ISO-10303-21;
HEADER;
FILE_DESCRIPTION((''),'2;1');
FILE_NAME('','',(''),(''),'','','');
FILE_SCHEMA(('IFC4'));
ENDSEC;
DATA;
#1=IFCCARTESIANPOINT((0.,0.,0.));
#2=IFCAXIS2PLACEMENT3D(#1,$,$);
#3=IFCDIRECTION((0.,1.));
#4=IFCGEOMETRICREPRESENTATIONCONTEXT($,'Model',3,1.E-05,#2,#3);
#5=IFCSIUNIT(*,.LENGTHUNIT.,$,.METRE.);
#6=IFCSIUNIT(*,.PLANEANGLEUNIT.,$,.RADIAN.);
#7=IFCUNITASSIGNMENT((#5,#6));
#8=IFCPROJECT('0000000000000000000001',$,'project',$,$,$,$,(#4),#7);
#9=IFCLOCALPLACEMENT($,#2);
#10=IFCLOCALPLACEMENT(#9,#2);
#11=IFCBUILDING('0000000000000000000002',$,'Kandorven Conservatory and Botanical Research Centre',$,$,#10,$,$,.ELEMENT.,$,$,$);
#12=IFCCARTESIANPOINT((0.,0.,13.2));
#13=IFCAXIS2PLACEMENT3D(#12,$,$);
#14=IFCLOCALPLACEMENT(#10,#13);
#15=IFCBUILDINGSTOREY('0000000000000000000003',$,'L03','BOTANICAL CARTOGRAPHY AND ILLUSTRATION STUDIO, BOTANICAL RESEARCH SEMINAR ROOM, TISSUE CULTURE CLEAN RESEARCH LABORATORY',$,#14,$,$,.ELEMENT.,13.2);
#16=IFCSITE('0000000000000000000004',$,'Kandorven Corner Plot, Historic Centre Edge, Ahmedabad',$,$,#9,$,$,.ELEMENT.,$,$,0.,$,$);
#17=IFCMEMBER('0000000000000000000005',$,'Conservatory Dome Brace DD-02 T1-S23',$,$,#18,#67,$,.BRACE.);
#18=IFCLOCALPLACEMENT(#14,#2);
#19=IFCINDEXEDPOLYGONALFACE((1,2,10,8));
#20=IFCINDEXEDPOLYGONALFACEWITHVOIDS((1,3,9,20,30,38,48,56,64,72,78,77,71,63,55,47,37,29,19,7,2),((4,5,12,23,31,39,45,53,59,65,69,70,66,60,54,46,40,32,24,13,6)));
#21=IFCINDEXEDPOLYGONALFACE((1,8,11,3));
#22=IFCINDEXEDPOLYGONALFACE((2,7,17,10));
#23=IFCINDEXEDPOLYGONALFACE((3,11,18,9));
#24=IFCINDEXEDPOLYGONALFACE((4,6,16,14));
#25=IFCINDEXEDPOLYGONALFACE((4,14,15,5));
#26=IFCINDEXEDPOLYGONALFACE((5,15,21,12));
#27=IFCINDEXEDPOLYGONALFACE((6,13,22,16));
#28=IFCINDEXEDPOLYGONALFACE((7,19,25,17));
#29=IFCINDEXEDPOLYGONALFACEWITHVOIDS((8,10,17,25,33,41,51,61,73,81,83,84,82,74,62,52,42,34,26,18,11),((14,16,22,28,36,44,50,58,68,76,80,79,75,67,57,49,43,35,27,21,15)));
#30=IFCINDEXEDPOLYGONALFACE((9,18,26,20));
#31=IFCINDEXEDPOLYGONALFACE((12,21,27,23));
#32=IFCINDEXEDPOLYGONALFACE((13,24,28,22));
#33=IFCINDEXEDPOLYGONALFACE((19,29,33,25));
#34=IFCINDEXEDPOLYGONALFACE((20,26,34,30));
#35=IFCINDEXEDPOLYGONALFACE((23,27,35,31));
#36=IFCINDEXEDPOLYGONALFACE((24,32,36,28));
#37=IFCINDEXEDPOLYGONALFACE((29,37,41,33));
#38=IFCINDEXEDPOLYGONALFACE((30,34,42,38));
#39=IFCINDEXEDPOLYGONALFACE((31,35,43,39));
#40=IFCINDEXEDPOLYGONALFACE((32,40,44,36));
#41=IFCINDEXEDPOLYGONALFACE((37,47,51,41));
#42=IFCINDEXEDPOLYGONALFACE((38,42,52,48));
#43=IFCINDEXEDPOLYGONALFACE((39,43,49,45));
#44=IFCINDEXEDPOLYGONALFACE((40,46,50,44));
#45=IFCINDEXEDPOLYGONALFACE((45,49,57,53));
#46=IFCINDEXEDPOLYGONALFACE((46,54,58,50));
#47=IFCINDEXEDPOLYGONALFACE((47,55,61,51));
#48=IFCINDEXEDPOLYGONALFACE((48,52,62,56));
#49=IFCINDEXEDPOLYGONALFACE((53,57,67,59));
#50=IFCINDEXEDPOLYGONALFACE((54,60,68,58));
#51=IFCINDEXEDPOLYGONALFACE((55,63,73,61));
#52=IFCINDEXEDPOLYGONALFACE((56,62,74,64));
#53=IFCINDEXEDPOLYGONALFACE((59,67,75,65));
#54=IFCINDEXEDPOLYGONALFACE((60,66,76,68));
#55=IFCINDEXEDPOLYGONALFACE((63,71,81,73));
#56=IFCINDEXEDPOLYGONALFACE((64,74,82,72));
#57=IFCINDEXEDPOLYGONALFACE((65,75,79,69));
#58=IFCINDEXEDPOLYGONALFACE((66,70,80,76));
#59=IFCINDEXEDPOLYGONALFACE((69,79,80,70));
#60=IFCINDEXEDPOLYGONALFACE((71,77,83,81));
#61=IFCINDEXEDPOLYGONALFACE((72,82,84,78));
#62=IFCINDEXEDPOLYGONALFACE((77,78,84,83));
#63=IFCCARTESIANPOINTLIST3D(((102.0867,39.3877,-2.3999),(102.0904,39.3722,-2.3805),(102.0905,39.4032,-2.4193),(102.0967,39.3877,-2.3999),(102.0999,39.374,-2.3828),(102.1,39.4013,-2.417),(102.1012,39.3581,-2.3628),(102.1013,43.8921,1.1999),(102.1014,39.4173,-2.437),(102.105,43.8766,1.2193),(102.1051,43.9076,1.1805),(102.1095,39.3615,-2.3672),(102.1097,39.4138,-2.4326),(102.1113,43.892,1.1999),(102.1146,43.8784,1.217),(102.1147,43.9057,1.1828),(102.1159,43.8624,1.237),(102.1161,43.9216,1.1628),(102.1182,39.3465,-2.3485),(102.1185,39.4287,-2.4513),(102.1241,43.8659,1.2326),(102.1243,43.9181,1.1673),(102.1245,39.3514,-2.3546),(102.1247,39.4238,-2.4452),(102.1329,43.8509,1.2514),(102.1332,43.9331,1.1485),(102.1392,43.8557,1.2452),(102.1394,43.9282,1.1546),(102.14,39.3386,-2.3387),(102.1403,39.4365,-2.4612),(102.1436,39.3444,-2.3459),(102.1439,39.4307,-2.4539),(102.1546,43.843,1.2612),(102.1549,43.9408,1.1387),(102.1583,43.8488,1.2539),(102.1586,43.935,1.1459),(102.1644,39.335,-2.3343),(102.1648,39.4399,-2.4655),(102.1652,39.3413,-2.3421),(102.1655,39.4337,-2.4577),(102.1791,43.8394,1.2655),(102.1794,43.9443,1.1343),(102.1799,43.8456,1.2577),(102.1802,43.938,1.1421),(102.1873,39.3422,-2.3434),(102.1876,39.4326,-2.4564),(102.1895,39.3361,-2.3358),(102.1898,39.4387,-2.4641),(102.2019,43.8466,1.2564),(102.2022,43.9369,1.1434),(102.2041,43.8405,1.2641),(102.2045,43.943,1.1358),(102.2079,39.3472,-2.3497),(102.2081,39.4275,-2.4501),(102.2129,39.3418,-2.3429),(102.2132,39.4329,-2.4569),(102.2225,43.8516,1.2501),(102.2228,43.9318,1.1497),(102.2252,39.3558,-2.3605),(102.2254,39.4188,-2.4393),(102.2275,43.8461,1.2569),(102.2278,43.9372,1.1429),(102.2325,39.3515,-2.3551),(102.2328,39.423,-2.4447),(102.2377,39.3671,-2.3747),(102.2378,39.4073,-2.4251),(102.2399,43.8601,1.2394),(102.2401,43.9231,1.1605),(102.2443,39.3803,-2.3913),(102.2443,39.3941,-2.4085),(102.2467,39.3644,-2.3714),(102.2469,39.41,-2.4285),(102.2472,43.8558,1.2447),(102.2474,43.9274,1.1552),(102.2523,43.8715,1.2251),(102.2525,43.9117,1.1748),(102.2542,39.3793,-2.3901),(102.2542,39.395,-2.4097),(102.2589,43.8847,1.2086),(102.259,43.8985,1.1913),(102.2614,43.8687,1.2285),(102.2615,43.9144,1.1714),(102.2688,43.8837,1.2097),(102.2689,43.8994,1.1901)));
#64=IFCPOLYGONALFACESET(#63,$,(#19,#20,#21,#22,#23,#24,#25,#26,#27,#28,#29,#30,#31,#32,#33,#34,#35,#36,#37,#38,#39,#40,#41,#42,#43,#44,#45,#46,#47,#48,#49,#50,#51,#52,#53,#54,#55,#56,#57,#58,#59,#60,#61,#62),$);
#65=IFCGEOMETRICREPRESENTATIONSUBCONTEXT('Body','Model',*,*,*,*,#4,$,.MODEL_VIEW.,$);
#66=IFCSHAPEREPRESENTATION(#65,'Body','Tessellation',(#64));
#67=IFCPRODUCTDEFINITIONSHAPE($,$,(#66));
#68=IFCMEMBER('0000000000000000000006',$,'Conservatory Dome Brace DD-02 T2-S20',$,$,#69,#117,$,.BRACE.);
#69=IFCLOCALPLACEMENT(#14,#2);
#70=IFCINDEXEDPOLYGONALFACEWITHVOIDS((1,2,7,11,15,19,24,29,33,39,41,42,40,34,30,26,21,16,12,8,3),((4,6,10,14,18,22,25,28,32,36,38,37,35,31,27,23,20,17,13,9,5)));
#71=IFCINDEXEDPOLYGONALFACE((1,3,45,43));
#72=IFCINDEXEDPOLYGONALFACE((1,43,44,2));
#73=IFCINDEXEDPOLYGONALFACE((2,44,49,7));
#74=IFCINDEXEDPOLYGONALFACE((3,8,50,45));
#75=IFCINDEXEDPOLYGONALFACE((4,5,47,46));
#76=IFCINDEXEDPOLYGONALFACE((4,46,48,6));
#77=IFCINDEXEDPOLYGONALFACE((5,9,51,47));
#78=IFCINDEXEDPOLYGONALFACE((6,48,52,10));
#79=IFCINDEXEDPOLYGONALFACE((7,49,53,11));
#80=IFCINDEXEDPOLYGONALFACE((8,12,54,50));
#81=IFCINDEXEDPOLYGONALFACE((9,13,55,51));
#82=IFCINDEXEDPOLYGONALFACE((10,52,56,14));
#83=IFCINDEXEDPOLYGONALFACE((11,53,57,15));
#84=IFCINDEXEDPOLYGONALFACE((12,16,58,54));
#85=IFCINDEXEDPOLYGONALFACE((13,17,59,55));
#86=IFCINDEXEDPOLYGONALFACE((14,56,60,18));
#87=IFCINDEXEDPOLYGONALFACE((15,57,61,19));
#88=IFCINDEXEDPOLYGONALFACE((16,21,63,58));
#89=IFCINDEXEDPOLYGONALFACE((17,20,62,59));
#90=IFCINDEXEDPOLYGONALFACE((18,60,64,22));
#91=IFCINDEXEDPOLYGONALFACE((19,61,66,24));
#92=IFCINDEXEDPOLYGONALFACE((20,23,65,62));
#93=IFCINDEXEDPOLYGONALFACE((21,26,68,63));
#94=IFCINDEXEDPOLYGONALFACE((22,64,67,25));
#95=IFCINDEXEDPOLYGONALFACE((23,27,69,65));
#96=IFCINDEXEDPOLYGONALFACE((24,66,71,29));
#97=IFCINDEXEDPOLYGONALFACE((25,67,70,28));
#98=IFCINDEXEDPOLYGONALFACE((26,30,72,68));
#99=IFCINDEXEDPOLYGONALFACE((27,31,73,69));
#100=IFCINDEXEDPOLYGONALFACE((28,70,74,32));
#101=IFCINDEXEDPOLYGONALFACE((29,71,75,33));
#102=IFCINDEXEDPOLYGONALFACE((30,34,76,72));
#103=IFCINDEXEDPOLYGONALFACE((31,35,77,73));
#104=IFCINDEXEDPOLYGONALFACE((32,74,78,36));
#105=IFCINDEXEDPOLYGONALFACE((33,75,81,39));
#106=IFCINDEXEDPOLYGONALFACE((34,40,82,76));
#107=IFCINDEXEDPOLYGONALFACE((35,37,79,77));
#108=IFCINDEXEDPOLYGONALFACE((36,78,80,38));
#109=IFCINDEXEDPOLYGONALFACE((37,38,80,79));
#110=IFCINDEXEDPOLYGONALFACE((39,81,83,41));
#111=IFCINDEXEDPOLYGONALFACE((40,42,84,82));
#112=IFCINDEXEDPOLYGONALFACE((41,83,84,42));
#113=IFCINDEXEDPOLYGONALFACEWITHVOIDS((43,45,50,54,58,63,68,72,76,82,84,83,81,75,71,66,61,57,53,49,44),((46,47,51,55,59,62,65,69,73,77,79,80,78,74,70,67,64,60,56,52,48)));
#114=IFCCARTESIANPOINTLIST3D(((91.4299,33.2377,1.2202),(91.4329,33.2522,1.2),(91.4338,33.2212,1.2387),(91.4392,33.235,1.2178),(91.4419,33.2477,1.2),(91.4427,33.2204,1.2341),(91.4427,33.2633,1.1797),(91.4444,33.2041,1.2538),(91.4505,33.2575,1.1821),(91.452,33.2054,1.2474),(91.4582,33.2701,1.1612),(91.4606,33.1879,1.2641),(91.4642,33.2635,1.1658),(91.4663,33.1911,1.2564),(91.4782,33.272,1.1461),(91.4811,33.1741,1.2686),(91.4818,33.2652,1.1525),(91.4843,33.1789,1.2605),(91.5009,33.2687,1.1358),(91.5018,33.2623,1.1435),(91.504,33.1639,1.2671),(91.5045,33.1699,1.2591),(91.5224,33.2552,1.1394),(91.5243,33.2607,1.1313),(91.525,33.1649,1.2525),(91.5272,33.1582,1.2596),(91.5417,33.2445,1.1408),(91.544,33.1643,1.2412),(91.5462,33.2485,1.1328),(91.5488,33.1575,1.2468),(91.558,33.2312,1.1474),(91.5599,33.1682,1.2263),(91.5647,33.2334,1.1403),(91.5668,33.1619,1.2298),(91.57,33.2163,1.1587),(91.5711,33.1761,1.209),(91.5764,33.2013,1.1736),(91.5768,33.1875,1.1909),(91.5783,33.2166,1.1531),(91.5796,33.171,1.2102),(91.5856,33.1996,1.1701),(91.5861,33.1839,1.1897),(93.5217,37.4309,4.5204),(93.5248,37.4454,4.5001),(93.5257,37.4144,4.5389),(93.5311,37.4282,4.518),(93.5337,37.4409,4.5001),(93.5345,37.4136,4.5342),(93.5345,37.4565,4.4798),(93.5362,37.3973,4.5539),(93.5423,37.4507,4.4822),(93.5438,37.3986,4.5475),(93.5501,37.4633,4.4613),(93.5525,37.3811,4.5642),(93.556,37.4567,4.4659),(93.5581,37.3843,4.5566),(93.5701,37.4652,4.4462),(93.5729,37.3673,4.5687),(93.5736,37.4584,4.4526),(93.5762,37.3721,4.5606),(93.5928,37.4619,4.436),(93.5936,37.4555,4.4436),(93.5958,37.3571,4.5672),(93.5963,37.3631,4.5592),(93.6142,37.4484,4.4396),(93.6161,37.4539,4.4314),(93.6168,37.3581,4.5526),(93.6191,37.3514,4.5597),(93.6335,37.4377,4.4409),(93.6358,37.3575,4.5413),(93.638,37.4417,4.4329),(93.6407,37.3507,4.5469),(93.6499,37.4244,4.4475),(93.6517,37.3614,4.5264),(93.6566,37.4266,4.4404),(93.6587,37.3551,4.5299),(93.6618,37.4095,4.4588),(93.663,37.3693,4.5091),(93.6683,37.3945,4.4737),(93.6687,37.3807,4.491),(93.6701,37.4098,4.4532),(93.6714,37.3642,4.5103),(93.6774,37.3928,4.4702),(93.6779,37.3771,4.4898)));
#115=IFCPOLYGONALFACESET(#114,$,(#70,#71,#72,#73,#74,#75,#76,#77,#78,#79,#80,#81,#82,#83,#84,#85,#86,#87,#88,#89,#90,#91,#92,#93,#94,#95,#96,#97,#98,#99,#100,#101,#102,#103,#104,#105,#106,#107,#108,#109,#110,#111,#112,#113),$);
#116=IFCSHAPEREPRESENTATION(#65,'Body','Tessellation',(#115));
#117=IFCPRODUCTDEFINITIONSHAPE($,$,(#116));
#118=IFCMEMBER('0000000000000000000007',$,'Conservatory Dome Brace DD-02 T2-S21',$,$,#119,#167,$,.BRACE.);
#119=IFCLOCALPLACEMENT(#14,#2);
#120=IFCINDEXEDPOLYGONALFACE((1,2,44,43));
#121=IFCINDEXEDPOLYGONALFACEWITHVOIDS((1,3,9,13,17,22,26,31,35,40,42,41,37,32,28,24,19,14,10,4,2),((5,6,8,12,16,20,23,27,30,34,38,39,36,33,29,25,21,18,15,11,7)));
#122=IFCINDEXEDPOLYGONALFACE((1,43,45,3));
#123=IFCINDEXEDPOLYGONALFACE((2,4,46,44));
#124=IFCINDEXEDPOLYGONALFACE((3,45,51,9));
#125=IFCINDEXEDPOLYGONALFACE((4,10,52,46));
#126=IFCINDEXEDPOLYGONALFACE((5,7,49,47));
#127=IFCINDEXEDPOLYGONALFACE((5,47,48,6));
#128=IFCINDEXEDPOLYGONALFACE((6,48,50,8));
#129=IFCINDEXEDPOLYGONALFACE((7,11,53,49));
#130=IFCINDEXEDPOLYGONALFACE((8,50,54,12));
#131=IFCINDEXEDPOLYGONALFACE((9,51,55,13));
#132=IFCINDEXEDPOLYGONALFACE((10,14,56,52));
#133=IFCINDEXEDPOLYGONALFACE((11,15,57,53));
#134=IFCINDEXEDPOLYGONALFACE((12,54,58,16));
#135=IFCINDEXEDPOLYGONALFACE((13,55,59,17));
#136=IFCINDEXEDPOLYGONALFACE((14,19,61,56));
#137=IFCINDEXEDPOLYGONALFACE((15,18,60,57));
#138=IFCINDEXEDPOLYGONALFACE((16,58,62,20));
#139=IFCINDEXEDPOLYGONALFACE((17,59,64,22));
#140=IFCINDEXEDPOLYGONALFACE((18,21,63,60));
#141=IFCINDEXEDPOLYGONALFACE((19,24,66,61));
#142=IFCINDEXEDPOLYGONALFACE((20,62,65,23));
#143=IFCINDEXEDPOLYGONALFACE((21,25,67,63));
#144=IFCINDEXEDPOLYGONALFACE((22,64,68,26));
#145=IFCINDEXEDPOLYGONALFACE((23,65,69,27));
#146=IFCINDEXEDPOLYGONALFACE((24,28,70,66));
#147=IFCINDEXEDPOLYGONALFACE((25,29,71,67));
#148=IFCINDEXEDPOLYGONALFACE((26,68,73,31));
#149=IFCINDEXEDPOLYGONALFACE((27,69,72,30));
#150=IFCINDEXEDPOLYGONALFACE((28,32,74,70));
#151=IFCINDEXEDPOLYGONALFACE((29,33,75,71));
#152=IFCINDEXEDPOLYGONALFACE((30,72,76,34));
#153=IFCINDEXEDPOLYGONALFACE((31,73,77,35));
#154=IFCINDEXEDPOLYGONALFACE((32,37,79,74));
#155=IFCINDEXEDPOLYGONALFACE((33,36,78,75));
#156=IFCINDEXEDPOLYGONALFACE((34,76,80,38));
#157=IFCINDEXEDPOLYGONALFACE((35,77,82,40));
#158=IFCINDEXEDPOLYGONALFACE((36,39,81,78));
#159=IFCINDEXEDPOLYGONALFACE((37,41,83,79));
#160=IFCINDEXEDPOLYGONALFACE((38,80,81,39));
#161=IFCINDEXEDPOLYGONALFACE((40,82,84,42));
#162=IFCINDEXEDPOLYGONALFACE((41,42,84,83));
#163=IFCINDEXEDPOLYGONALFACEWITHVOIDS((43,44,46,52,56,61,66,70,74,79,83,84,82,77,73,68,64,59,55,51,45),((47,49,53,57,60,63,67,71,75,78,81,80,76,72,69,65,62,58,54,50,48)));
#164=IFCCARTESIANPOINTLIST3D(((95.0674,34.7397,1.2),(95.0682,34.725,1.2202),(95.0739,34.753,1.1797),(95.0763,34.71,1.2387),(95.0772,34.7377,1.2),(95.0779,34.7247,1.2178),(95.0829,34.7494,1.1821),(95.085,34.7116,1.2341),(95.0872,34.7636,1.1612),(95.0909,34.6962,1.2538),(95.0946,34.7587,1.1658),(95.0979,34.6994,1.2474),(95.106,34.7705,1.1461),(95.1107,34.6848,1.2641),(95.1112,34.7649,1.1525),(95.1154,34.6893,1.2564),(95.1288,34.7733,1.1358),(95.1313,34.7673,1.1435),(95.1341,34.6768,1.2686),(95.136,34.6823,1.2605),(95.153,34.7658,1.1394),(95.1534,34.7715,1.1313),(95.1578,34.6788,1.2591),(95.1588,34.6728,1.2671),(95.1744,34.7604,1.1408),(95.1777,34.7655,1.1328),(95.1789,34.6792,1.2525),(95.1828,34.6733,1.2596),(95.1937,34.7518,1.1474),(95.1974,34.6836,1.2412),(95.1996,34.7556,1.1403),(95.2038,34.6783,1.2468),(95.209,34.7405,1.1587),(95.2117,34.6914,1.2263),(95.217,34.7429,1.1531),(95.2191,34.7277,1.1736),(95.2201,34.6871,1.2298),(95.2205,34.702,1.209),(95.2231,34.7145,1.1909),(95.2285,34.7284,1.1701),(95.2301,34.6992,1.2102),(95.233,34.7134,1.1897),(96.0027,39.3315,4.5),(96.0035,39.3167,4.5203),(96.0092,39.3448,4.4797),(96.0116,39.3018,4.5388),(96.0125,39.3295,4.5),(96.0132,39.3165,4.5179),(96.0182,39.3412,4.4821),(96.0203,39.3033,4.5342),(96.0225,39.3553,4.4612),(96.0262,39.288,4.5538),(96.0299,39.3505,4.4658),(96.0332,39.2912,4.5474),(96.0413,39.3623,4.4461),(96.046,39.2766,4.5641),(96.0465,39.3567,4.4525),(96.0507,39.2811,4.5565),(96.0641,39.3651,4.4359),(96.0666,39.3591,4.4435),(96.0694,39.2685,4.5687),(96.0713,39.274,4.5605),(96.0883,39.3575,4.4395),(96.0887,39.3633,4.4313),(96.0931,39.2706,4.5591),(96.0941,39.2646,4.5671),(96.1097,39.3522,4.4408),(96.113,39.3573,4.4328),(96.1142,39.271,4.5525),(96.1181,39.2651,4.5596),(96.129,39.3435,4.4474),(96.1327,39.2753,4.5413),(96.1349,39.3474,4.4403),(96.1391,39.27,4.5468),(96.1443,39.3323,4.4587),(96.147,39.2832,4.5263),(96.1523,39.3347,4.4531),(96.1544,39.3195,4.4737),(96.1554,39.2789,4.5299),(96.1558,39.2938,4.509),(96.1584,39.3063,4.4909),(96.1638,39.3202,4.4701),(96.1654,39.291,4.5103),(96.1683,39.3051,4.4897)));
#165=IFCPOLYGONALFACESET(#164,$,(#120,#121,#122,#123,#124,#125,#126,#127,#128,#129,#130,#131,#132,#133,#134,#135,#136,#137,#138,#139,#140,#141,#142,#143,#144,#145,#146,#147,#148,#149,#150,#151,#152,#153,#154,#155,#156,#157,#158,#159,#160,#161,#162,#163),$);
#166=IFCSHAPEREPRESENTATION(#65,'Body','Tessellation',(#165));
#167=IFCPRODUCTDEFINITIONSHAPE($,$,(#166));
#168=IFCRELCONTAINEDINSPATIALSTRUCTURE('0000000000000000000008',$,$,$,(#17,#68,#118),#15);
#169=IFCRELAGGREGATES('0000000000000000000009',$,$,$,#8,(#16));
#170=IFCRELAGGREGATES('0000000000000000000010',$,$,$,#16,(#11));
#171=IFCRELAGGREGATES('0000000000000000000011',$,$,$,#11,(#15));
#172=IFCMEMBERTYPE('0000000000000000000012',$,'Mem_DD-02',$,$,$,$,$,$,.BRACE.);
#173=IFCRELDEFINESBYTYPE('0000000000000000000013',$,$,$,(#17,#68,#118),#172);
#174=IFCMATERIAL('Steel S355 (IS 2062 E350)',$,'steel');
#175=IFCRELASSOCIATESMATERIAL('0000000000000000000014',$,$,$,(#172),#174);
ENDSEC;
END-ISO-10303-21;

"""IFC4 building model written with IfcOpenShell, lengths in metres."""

from ifc_helpers import new_model, si_unit, direction, frame, origin, origin_2d, place, context, subcontext, project, spatial, hollow_circle, extrude, material, material_profile, profile_set, type_object, element, save


model = new_model("IFC4")

# Units and contexts
model_context = context("Model", 3, precision=1e-05, world=origin(), true_north=direction((0.0, 1.0)))
body_context = subcontext(model_context, "Body", "Model", "MODEL_VIEW")
ifc_project = project(units=[si_unit("LENGTHUNIT", "METRE"), si_unit("PLANEANGLEUNIT", "RADIAN")], contexts=[model_context])

# Site, building, storey
site_placement = place(None, origin())
site = spatial("IfcSite", under=ifc_project, at=site_placement, Name="Kandorven Corner Plot, Historic Centre Edge, Ahmedabad", CompositionType="ELEMENT", RefElevation=0.0)
building_placement = place(site_placement, origin())
building = spatial("IfcBuilding", under=site, at=building_placement, Name="Kandorven Conservatory and Botanical Research Centre", CompositionType="ELEMENT")
storey_placement = place(building_placement, frame((0.0, 0.0, 13.2)))
storey = spatial("IfcBuildingStorey", under=building, at=storey_placement, Name="L03", Description="BOTANICAL CARTOGRAPHY AND ILLUSTRATION STUDIO, BOTANICAL RESEARCH SEMINAR ROOM, TISSUE CULTURE CLEAN RESEARCH LABORATORY", CompositionType="ELEMENT", Elevation=13.2)

# Members
ifc_material_1 = material(Name="Steel S355 (IS 2062 E350)", Category="steel")
ifc_material_profile_1 = material_profile(ifc_material_1, hollow_circle(Radius=0.0842, WallThickness=0.01, at=origin_2d()))
ifc_profile_set_1 = profile_set([ifc_material_profile_1], Name="Steel S355 (IS 2062 E350)")
member_type_1 = type_object("IfcMemberType", Name="Mem_DD-02", PredefinedType="BRACE", material=ifc_profile_set_1)
for number, where, z_axis, x_axis, name in (
    (1, (102.1709, 39.3875, -2.3999), (0.00254, 0.781176, 0.624306), (-0.999995, 0.003252, 0.0), "Conservatory Dome Brace DD-02 T1-S23"),
):
    element("IfcMember", number, at=place(storey_placement, frame(where, z_axis=z_axis, x_axis=x_axis)), inside=storey, type_object=member_type_1, Name=name, PredefinedType="BRACE", context=body_context, shape_type="SweptSolid", body=[
        extrude(hollow_circle(Radius=0.0842, WallThickness=0.01, at=origin_2d()), origin(), (0.0, 0.0, 1.0), 5.7661),
    ])
for number, where, z_axis, x_axis, name in (
    (2, (91.5083, 33.2146, 1.2), (0.364976, 0.731613, 0.575791), (-0.894833, 0.446401, 0.0), "Conservatory Dome Brace DD-02 T2-S20"),
    (3, (95.1499, 34.7229, 1.2), (0.163187, 0.801156, 0.575777), (-0.979879, 0.199592, 0.0), "Conservatory Dome Brace DD-02 T2-S21"),
):
    element("IfcMember", number, at=place(storey_placement, frame(where, z_axis=z_axis, x_axis=x_axis)), inside=storey, type_object=member_type_1, Name=name, PredefinedType="BRACE", context=body_context, shape_type="SweptSolid", body=[
        extrude(hollow_circle(Radius=0.0842, WallThickness=0.01, at=origin_2d()), origin(), (0.0, 0.0, 1.0), 5.7314),
    ])

save(model, "model.ifc")
